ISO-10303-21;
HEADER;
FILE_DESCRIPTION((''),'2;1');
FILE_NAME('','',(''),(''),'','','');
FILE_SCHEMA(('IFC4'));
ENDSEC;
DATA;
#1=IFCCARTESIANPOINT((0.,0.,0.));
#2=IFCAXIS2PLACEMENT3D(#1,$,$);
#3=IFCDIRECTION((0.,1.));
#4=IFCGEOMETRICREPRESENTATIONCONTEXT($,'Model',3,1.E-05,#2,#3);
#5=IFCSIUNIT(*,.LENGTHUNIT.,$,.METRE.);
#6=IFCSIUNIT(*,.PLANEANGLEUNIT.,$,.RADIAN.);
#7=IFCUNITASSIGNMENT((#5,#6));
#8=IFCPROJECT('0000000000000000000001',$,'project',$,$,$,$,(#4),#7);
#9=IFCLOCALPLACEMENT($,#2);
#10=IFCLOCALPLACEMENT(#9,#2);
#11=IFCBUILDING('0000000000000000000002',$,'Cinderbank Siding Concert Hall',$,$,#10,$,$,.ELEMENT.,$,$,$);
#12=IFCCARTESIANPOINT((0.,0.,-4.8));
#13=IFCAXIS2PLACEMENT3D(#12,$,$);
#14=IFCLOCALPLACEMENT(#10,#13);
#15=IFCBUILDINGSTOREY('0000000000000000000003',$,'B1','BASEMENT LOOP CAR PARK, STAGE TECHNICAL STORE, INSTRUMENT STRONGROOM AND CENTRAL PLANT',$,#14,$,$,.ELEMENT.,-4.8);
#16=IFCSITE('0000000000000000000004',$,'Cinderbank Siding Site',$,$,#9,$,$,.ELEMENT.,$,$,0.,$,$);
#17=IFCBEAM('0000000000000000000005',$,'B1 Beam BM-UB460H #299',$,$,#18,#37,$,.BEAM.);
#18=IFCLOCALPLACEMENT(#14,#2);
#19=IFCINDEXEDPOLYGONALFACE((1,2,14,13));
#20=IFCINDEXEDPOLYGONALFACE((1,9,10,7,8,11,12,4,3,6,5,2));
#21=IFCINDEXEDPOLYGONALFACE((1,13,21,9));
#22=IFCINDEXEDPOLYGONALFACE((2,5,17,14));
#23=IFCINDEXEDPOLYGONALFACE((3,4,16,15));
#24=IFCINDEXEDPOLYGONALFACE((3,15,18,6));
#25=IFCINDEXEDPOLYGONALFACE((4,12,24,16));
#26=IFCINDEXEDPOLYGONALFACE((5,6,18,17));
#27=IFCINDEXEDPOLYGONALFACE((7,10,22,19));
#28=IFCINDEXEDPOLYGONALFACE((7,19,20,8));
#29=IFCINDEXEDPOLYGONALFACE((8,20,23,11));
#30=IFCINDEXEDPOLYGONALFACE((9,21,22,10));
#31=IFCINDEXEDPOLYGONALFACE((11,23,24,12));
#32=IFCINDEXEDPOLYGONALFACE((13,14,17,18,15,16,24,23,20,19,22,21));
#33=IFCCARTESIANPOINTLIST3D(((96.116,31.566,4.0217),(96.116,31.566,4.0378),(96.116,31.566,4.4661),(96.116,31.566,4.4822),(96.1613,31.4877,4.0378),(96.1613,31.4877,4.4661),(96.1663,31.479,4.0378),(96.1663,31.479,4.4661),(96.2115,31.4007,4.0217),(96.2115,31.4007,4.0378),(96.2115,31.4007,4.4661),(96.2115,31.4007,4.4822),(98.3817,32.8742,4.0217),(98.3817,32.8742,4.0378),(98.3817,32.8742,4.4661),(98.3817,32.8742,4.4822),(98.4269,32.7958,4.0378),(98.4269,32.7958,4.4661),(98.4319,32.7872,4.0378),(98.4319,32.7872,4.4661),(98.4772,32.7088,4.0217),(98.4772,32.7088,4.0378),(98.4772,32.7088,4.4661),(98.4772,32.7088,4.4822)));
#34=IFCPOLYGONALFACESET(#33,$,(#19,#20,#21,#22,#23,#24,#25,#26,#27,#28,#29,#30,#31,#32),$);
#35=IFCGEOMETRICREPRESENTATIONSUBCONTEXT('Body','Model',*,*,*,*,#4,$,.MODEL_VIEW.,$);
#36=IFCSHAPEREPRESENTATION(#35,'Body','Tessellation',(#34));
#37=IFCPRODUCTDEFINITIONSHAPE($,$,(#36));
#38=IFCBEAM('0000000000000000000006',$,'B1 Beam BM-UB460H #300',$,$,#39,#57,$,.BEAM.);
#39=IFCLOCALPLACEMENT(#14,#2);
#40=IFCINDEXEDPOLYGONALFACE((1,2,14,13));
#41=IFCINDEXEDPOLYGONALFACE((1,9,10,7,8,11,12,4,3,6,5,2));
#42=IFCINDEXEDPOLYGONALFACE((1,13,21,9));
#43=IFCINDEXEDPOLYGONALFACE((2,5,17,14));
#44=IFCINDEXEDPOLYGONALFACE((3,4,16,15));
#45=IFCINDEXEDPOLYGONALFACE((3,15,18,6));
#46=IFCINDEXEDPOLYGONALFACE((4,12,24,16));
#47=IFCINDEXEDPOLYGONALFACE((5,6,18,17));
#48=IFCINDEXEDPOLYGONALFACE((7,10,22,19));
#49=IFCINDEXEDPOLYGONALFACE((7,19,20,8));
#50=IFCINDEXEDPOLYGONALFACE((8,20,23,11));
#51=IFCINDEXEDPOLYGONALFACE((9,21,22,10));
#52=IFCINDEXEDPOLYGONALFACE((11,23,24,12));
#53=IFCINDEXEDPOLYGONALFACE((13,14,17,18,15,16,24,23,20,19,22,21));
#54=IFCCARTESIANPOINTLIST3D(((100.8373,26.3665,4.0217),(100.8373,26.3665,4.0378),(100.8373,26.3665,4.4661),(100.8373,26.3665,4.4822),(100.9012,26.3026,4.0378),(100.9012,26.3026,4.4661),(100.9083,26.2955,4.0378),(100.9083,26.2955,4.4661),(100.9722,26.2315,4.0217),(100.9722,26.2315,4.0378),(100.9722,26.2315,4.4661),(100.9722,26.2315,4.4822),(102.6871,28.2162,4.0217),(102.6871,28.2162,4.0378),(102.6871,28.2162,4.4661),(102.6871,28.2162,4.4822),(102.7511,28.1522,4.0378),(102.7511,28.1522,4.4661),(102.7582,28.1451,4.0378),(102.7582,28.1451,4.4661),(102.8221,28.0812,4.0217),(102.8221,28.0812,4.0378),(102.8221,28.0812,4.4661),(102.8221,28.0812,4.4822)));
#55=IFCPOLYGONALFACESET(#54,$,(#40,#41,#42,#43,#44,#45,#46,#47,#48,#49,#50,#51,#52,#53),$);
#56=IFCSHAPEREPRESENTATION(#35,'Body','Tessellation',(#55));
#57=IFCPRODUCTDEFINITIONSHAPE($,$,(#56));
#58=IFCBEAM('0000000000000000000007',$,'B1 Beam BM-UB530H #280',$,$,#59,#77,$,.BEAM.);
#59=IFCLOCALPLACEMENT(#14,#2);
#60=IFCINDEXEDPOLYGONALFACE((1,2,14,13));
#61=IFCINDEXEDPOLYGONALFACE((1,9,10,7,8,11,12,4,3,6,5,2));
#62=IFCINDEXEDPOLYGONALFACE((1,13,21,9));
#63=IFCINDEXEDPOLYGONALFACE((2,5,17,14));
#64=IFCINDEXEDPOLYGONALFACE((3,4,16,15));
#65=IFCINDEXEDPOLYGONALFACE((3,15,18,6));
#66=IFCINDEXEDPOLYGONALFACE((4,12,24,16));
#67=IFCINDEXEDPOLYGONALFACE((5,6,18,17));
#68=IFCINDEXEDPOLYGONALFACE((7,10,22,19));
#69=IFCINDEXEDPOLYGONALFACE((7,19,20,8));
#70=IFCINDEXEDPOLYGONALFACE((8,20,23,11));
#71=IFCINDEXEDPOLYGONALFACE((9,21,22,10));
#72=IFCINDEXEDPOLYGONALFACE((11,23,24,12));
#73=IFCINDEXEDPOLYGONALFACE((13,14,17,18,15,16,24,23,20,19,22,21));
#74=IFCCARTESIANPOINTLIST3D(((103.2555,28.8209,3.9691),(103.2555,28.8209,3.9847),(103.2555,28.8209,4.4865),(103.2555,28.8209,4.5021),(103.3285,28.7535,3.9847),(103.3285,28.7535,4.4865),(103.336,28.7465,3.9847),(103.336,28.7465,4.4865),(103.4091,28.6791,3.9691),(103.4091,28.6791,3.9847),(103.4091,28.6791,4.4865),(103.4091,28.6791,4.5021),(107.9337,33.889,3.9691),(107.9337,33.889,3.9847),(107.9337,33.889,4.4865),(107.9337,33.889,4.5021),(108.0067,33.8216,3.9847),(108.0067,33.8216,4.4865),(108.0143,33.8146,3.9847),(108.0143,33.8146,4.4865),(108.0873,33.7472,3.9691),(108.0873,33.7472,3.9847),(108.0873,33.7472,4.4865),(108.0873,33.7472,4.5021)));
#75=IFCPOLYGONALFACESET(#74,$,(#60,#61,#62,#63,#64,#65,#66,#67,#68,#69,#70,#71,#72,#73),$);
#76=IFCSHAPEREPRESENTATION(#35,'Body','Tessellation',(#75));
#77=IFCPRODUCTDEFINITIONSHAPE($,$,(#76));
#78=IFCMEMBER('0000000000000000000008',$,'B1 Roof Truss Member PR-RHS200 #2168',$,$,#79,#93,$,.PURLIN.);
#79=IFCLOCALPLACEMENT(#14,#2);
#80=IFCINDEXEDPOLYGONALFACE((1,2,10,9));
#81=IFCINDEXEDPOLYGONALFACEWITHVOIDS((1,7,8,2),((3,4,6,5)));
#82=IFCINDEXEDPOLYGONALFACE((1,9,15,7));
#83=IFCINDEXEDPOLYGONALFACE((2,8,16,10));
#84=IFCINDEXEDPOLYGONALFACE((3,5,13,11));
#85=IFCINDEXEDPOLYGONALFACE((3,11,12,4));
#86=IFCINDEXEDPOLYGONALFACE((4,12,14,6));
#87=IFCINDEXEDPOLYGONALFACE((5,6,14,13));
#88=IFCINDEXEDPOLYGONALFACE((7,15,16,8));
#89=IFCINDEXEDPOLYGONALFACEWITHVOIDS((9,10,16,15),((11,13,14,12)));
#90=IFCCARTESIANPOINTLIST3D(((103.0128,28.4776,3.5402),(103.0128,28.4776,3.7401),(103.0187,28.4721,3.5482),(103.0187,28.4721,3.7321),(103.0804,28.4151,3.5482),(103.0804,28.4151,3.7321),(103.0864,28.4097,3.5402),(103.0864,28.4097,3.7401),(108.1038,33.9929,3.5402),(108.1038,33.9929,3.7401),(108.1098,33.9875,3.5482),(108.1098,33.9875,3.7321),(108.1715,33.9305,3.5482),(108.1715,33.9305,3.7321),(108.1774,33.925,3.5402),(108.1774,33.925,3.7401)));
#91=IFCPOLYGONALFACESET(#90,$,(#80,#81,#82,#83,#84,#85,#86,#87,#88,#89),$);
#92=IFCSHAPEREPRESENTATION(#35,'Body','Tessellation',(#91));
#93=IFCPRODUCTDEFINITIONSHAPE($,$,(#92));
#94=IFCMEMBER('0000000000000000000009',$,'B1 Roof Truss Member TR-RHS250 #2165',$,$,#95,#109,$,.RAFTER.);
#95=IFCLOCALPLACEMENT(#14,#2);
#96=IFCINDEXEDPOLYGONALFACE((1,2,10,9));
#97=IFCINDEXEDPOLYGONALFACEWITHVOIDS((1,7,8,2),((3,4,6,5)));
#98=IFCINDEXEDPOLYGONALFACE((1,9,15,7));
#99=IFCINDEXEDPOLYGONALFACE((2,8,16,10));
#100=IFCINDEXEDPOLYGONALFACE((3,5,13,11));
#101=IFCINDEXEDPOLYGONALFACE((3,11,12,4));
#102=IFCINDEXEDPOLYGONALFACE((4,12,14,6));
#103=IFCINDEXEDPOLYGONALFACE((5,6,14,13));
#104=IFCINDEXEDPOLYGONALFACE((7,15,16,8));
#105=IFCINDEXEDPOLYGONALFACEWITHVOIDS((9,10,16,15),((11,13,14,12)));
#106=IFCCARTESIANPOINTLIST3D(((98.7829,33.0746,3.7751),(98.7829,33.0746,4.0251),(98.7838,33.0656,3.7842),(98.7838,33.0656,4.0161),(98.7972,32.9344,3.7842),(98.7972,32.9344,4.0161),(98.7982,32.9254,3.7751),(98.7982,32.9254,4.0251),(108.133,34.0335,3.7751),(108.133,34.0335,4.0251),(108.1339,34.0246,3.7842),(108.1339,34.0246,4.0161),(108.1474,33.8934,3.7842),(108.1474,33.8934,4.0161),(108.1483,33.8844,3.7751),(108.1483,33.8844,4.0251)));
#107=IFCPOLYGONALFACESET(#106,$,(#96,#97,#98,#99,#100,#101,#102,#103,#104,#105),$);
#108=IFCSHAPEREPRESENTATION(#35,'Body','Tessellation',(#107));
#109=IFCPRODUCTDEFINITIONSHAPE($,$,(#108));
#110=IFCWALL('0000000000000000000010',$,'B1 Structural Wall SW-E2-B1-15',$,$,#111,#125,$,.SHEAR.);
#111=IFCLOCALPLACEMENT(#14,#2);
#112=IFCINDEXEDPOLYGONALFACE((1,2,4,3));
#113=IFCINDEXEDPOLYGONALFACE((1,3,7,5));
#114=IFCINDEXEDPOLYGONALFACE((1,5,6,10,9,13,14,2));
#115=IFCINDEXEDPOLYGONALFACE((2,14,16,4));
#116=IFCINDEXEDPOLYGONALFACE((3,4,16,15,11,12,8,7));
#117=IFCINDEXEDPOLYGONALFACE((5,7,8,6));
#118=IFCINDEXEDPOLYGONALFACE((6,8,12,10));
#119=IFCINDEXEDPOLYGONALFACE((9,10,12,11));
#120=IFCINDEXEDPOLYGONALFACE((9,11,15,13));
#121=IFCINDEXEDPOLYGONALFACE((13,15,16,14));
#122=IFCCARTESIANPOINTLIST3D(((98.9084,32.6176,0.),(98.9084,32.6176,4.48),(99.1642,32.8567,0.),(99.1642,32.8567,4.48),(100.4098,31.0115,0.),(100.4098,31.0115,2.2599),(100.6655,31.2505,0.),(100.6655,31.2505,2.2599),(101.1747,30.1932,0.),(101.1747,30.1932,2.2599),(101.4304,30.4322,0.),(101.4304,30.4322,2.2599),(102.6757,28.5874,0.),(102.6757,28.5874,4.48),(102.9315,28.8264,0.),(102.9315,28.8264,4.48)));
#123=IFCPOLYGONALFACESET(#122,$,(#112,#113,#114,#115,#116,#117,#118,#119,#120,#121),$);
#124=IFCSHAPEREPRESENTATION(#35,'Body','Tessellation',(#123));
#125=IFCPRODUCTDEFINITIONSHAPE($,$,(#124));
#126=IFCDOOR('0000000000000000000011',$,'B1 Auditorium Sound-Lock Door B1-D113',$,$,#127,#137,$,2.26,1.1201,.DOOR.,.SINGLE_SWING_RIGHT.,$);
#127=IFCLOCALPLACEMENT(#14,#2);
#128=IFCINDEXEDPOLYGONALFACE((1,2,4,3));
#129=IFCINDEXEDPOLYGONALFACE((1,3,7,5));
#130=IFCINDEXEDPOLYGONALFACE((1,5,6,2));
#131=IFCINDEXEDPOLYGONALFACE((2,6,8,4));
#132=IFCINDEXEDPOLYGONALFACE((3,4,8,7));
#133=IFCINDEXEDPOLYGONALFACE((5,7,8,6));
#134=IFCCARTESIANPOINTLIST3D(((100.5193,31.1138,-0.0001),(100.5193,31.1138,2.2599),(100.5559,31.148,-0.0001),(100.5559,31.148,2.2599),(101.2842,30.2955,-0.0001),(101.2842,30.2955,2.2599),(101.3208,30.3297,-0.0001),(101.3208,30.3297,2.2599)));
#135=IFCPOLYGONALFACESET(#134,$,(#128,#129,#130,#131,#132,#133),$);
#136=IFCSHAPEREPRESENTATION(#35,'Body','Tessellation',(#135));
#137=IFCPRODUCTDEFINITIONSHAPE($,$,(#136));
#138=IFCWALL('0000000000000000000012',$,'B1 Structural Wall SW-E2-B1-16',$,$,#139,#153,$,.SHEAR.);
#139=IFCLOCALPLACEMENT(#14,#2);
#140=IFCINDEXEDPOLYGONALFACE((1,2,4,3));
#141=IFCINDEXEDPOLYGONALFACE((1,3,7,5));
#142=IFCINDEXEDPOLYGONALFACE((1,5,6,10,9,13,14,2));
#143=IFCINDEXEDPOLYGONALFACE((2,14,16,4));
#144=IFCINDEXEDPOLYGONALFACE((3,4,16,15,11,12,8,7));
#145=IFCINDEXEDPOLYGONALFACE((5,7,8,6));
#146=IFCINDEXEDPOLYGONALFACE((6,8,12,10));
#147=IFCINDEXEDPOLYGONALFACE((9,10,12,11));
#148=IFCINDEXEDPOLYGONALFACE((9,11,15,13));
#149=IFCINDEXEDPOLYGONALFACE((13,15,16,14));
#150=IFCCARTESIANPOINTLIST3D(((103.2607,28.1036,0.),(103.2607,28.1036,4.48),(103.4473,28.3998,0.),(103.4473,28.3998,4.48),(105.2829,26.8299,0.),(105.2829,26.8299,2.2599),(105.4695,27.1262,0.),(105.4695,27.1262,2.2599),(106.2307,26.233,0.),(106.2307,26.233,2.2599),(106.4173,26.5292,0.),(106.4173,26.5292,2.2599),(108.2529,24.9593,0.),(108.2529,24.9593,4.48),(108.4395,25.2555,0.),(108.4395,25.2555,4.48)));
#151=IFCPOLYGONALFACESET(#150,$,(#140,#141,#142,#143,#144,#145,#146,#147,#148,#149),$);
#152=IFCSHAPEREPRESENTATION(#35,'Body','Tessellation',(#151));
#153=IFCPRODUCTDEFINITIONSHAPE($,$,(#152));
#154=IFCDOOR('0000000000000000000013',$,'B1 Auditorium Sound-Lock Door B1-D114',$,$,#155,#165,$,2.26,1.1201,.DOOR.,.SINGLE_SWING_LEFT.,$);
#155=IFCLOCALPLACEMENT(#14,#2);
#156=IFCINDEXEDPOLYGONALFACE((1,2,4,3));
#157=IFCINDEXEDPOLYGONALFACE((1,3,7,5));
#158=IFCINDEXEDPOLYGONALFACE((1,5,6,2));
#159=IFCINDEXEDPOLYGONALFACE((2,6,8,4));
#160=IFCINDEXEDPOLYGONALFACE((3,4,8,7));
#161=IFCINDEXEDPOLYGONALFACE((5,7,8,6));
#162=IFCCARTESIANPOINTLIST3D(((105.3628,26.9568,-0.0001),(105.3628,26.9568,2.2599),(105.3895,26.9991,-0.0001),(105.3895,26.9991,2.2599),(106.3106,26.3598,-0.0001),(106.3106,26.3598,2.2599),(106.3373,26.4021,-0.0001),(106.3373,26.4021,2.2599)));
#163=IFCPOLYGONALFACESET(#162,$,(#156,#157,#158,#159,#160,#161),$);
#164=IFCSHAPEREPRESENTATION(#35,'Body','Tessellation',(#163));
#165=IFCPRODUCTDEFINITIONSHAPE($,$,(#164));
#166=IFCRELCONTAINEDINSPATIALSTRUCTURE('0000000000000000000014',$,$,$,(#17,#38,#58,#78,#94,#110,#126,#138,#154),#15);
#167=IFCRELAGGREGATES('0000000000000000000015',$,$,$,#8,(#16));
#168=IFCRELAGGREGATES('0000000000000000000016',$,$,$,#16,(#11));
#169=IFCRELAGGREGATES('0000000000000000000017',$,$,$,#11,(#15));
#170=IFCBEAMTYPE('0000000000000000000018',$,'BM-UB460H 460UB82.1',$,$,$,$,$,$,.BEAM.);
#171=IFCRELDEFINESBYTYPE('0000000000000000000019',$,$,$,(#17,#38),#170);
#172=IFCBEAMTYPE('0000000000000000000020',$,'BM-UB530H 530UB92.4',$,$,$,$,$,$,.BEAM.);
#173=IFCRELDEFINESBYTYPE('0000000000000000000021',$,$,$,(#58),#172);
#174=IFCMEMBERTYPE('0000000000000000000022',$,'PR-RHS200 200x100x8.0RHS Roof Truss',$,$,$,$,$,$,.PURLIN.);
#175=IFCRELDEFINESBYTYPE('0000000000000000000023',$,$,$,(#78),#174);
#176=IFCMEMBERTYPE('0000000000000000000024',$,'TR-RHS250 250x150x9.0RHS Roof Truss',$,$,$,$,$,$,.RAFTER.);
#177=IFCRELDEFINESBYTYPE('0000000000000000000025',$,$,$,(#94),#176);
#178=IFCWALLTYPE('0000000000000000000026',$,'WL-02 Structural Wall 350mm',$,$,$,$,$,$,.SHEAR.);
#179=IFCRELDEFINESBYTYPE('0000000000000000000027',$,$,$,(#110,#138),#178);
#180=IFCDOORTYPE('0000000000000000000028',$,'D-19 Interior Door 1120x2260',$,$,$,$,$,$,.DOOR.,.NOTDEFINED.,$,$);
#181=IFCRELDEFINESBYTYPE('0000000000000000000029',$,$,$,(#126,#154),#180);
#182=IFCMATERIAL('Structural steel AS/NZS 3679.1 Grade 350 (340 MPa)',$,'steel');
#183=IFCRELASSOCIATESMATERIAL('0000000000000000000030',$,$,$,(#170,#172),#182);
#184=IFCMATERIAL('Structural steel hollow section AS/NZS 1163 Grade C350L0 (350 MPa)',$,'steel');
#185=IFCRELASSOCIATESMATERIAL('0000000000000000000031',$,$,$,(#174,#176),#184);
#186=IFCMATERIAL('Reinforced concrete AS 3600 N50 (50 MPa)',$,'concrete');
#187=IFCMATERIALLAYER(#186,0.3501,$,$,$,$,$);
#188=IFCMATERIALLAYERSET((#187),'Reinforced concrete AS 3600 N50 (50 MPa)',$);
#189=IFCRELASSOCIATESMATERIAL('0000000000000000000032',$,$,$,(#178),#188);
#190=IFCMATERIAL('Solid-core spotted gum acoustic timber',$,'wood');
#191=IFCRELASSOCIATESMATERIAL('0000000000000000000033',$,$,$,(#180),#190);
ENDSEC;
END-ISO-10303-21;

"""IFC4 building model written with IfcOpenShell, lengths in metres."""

from ifc_helpers import new_model, si_unit, direction, frame, frame_2d, origin, origin_2d, place, context, subcontext, project, spatial, rectangle, hollow_rectangle, i_section, extrude, material, layer, layer_set, material_profile, profile_set, type_object, element, fill, save


model = new_model("IFC4")

# Units and contexts
model_context = context("Model", 3, precision=1e-05, world=origin(), true_north=direction((0.0, 1.0)))
body_context = subcontext(model_context, "Body", "Model", "MODEL_VIEW")
ifc_project = project(units=[si_unit("LENGTHUNIT", "METRE"), si_unit("PLANEANGLEUNIT", "RADIAN")], contexts=[model_context])

# Site, building, storey
site_placement = place(None, origin())
site = spatial("IfcSite", under=ifc_project, at=site_placement, Name="Cinderbank Siding Site", CompositionType="ELEMENT", RefElevation=0.0)
building_placement = place(site_placement, origin())
building = spatial("IfcBuilding", under=site, at=building_placement, Name="Cinderbank Siding Concert Hall", CompositionType="ELEMENT")
storey_placement = place(building_placement, frame((0.0, 0.0, -4.8)))
storey = spatial("IfcBuildingStorey", under=building, at=storey_placement, Name="B1", Description="BASEMENT LOOP CAR PARK, STAGE TECHNICAL STORE, INSTRUMENT STRONGROOM AND CENTRAL PLANT", CompositionType="ELEMENT", Elevation=-4.8)

# Shared definitions
ifc_material_1 = material(Name="Reinforced concrete AS 3600 N50 (50 MPa)", Category="concrete")

# Beams
ifc_material_2 = material(Name="Structural steel AS/NZS 3679.1 Grade 350 (340 MPa)", Category="steel")
ifc_material_profile_1 = material_profile(ifc_material_2, i_section(OverallWidth=0.1909, OverallDepth=0.4604, WebThickness=0.01, FlangeThickness=0.0161, at=origin_2d()), Name="460UB82.1", Category="LoadBearing")
ifc_profile_set_1 = profile_set([ifc_material_profile_1], Name="Structural steel AS/NZS 3679.1 Grade 350 (340 MPa)")
beam_type_1 = type_object("IfcBeamType", Name="BM-UB460H 460UB82.1", PredefinedType="BEAM", material=ifc_profile_set_1)
beam_1_placement = place(storey_placement, frame((98.4294, 32.7915, 4.252), z_axis=(-0.866018, -0.500013, 0.0), x_axis=(0.500013, -0.866018, 0.0)))
element("IfcBeam", 1, at=beam_1_placement, inside=storey, type_object=beam_type_1, Name="B1 Beam BM-UB460H #299", PredefinedType="BEAM", context=body_context, shape_type="SweptSolid", body=[
    extrude(i_section(OverallWidth=0.1909, OverallDepth=0.4604, WebThickness=0.01, FlangeThickness=0.0161, at=origin_2d()), origin(), (0.0, 0.0, 1.0), 2.6162),
])
beam_2_placement = place(storey_placement, frame((102.7546, 28.1487, 4.252), z_axis=(-0.707153, -0.70706, 0.0), x_axis=(0.70706, -0.707153, 0.0)))
element("IfcBeam", 2, at=beam_2_placement, inside=storey, type_object=beam_type_1, Name="B1 Beam BM-UB460H #300", PredefinedType="BEAM", context=body_context, shape_type="SweptSolid", body=[
    extrude(i_section(OverallWidth=0.1909, OverallDepth=0.4604, WebThickness=0.01, FlangeThickness=0.0161, at=origin_2d()), origin(), (0.0, 0.0, 1.0), 2.616),
])
ifc_material_profile_2 = material_profile(ifc_material_2, i_section(OverallWidth=0.209, OverallDepth=0.533, WebThickness=0.0103, FlangeThickness=0.0156, at=origin_2d()), Name="530UB92.4", Category="LoadBearing")
ifc_profile_set_2 = profile_set([ifc_material_profile_2], Name="Structural steel AS/NZS 3679.1 Grade 350 (340 MPa)")
beam_type_2 = type_object("IfcBeamType", Name="BM-UB530H 530UB92.4", PredefinedType="BEAM", material=ifc_profile_set_2)
beam_3_placement = place(storey_placement, frame((108.0105, 33.8181, 4.2356), z_axis=(-0.678277, -0.734806, 0.0), x_axis=(0.734806, -0.678277, 0.0)))
element("IfcBeam", 3, at=beam_3_placement, inside=storey, type_object=beam_type_2, Name="B1 Beam BM-UB530H #280", PredefinedType="BEAM", context=body_context, shape_type="SweptSolid", body=[
    extrude(i_section(OverallWidth=0.209, OverallDepth=0.533, WebThickness=0.0103, FlangeThickness=0.0156, at=origin_2d()), origin(), (0.0, 0.0, 1.0), 6.8972),
])

# Members
ifc_material_3 = material(Name="Structural steel hollow section AS/NZS 1163 Grade C350L0 (350 MPa)", Category="steel")
ifc_material_profile_3 = material_profile(ifc_material_3, hollow_rectangle(XDim=0.1001, YDim=0.2, WallThickness=0.0081, at=origin_2d()), Name="200x100x8.0RHS", Category="LoadBearing")
ifc_profile_set_3 = profile_set([ifc_material_profile_3], Name="Structural steel hollow section AS/NZS 1163 Grade C350L0 (350 MPa)")
member_type_1 = type_object("IfcMemberType", Name="PR-RHS200 200x100x8.0RHS Roof Truss", PredefinedType="PURLIN", material=ifc_profile_set_3)
member_1_placement = place(storey_placement, frame((108.1406, 33.959, 3.6401), z_axis=(-0.678276, -0.734807, 0.0), x_axis=(0.734807, -0.678276, 0.0)))
element("IfcMember", 4, at=member_1_placement, inside=storey, type_object=member_type_1, Name="B1 Roof Truss Member PR-RHS200 #2168", PredefinedType="PURLIN", context=body_context, shape_type="SweptSolid", body=[
    extrude(hollow_rectangle(XDim=0.1001, YDim=0.2, WallThickness=0.0081, at=origin_2d()), origin(), (0.0, 0.0, 1.0), 7.5059),
])
ifc_material_profile_4 = material_profile(ifc_material_3, hollow_rectangle(XDim=0.1499, YDim=0.25, WallThickness=0.009, at=origin_2d()), Name="250x150x9.0RHS", Category="LoadBearing")
ifc_profile_set_4 = profile_set([ifc_material_profile_4], Name="Structural steel hollow section AS/NZS 1163 Grade C350L0 (350 MPa)")
member_type_2 = type_object("IfcMemberType", Name="TR-RHS250 250x150x9.0RHS Roof Truss", PredefinedType="RAFTER", material=ifc_profile_set_4)
member_2_placement = place(storey_placement, frame((108.1406, 33.959, 3.9001), z_axis=(-0.994781, -0.102029, 0.0), x_axis=(0.102029, -0.994781, 0.0)))
element("IfcMember", 5, at=member_2_placement, inside=storey, type_object=member_type_2, Name="B1 Roof Truss Member TR-RHS250 #2165", PredefinedType="RAFTER", context=body_context, shape_type="SweptSolid", body=[
    extrude(hollow_rectangle(XDim=0.1499, YDim=0.25, WallThickness=0.009, at=origin_2d()), origin(), (0.0, 0.0, 1.0), 9.3992),
])

# Walls, openings, doors
ifc_layer_1 = layer(ifc_material_1, 0.3501)
ifc_layer_set_1 = layer_set([ifc_layer_1], Name="Reinforced concrete AS 3600 N50 (50 MPa)")
wall_type_1 = type_object("IfcWallType", Name="WL-02 Structural Wall 350mm", PredefinedType="SHEAR", material=ifc_layer_set_1)
wall_1_placement = place(storey_placement, frame((99.0364, 32.7371, 0.0), z_axis=(0.0, 0.0, 1.0), x_axis=(0.682875, -0.730536, 0.0)))
wall_1 = element("IfcWall", 6, at=wall_1_placement, inside=storey, type_object=wall_type_1, Name="B1 Structural Wall SW-E2-B1-15", PredefinedType="SHEAR", context=body_context, shape_type="SweptSolid", body=[
    extrude(rectangle(XDim=5.5168, YDim=0.3501, at=frame_2d((2.7583, 0.0))), origin(), (0.0, 0.0, 1.0), 4.48),
])
opening_1_placement = place(wall_1_placement, frame((2.1985, 0.0, 0.0)))
opening_1 = element("IfcOpeningElement", 7, at=opening_1_placement, cuts=wall_1, PredefinedType="OPENING", context=body_context, shape_type="SweptSolid", body=[
    extrude(rectangle(XDim=1.1201, YDim=2.26, at=frame_2d((0.5601, 1.1299))), frame((0.0, 0.187, 0.0), z_axis=(0.0, -1.0, 0.0), x_axis=(1.0, 0.0, 0.0)), (0.0, 0.0, 1.0), 0.374),
])
ifc_material_4 = material(Name="Solid-core spotted gum acoustic timber", Category="wood")
door_type_1 = type_object("IfcDoorType", Name="D-19 Interior Door 1120x2260", OperationType="NOTDEFINED", PredefinedType="DOOR", material=ifc_material_4)
door_1_placement = place(opening_1_placement, origin())
door_1 = element("IfcDoor", 8, at=door_1_placement, inside=storey, type_object=door_type_1, Name="B1 Auditorium Sound-Lock Door B1-D113", OperationType="SINGLE_SWING_RIGHT", OverallHeight=2.26, OverallWidth=1.1201, PredefinedType="DOOR", context=body_context, shape_type="SweptSolid", body=[
    extrude(rectangle(XDim=1.1201, YDim=2.26, at=frame_2d((0.5601, 1.1299))), frame((0.0, 0.0249, 0.0), z_axis=(0.0, -1.0, 0.0), x_axis=(1.0, 0.0, 0.0)), (0.0, 0.0, 1.0), 0.05),
])
fill(opening_1, door_1)
wall_2_placement = place(storey_placement, frame((103.354, 28.2517, 0.0), z_axis=(0.0, 0.0, 1.0), x_axis=(0.846152, -0.532942, 0.0)))
wall_2 = element("IfcWall", 9, at=wall_2_placement, inside=storey, type_object=wall_type_1, Name="B1 Structural Wall SW-E2-B1-16", PredefinedType="SHEAR", context=body_context, shape_type="SweptSolid", body=[
    extrude(rectangle(XDim=5.8999, YDim=0.3501, at=frame_2d((2.95, 0.0))), origin(), (0.0, 0.0, 1.0), 4.48),
])
opening_2_placement = place(wall_2_placement, frame((2.3899, 0.0, 0.0)))
opening_2 = element("IfcOpeningElement", 10, at=opening_2_placement, cuts=wall_2, PredefinedType="OPENING", context=body_context, shape_type="SweptSolid", body=[
    extrude(rectangle(XDim=1.1201, YDim=2.26, at=frame_2d((0.5601, 1.1299))), frame((0.0, 0.187, 0.0), z_axis=(0.0, -1.0, 0.0), x_axis=(1.0, 0.0, 0.0)), (0.0, 0.0, 1.0), 0.374),
])
door_2_placement = place(opening_2_placement, origin())
door_2 = element("IfcDoor", 11, at=door_2_placement, inside=storey, type_object=door_type_1, Name="B1 Auditorium Sound-Lock Door B1-D114", OperationType="SINGLE_SWING_LEFT", OverallHeight=2.26, OverallWidth=1.1201, PredefinedType="DOOR", context=body_context, shape_type="SweptSolid", body=[
    extrude(rectangle(XDim=1.1201, YDim=2.26, at=frame_2d((0.5601, 1.1299))), frame((0.0, 0.0249, 0.0), z_axis=(0.0, -1.0, 0.0), x_axis=(1.0, 0.0, 0.0)), (0.0, 0.0, 1.0), 0.05),
])
fill(opening_2, door_2)

save(model, "model.ifc")
